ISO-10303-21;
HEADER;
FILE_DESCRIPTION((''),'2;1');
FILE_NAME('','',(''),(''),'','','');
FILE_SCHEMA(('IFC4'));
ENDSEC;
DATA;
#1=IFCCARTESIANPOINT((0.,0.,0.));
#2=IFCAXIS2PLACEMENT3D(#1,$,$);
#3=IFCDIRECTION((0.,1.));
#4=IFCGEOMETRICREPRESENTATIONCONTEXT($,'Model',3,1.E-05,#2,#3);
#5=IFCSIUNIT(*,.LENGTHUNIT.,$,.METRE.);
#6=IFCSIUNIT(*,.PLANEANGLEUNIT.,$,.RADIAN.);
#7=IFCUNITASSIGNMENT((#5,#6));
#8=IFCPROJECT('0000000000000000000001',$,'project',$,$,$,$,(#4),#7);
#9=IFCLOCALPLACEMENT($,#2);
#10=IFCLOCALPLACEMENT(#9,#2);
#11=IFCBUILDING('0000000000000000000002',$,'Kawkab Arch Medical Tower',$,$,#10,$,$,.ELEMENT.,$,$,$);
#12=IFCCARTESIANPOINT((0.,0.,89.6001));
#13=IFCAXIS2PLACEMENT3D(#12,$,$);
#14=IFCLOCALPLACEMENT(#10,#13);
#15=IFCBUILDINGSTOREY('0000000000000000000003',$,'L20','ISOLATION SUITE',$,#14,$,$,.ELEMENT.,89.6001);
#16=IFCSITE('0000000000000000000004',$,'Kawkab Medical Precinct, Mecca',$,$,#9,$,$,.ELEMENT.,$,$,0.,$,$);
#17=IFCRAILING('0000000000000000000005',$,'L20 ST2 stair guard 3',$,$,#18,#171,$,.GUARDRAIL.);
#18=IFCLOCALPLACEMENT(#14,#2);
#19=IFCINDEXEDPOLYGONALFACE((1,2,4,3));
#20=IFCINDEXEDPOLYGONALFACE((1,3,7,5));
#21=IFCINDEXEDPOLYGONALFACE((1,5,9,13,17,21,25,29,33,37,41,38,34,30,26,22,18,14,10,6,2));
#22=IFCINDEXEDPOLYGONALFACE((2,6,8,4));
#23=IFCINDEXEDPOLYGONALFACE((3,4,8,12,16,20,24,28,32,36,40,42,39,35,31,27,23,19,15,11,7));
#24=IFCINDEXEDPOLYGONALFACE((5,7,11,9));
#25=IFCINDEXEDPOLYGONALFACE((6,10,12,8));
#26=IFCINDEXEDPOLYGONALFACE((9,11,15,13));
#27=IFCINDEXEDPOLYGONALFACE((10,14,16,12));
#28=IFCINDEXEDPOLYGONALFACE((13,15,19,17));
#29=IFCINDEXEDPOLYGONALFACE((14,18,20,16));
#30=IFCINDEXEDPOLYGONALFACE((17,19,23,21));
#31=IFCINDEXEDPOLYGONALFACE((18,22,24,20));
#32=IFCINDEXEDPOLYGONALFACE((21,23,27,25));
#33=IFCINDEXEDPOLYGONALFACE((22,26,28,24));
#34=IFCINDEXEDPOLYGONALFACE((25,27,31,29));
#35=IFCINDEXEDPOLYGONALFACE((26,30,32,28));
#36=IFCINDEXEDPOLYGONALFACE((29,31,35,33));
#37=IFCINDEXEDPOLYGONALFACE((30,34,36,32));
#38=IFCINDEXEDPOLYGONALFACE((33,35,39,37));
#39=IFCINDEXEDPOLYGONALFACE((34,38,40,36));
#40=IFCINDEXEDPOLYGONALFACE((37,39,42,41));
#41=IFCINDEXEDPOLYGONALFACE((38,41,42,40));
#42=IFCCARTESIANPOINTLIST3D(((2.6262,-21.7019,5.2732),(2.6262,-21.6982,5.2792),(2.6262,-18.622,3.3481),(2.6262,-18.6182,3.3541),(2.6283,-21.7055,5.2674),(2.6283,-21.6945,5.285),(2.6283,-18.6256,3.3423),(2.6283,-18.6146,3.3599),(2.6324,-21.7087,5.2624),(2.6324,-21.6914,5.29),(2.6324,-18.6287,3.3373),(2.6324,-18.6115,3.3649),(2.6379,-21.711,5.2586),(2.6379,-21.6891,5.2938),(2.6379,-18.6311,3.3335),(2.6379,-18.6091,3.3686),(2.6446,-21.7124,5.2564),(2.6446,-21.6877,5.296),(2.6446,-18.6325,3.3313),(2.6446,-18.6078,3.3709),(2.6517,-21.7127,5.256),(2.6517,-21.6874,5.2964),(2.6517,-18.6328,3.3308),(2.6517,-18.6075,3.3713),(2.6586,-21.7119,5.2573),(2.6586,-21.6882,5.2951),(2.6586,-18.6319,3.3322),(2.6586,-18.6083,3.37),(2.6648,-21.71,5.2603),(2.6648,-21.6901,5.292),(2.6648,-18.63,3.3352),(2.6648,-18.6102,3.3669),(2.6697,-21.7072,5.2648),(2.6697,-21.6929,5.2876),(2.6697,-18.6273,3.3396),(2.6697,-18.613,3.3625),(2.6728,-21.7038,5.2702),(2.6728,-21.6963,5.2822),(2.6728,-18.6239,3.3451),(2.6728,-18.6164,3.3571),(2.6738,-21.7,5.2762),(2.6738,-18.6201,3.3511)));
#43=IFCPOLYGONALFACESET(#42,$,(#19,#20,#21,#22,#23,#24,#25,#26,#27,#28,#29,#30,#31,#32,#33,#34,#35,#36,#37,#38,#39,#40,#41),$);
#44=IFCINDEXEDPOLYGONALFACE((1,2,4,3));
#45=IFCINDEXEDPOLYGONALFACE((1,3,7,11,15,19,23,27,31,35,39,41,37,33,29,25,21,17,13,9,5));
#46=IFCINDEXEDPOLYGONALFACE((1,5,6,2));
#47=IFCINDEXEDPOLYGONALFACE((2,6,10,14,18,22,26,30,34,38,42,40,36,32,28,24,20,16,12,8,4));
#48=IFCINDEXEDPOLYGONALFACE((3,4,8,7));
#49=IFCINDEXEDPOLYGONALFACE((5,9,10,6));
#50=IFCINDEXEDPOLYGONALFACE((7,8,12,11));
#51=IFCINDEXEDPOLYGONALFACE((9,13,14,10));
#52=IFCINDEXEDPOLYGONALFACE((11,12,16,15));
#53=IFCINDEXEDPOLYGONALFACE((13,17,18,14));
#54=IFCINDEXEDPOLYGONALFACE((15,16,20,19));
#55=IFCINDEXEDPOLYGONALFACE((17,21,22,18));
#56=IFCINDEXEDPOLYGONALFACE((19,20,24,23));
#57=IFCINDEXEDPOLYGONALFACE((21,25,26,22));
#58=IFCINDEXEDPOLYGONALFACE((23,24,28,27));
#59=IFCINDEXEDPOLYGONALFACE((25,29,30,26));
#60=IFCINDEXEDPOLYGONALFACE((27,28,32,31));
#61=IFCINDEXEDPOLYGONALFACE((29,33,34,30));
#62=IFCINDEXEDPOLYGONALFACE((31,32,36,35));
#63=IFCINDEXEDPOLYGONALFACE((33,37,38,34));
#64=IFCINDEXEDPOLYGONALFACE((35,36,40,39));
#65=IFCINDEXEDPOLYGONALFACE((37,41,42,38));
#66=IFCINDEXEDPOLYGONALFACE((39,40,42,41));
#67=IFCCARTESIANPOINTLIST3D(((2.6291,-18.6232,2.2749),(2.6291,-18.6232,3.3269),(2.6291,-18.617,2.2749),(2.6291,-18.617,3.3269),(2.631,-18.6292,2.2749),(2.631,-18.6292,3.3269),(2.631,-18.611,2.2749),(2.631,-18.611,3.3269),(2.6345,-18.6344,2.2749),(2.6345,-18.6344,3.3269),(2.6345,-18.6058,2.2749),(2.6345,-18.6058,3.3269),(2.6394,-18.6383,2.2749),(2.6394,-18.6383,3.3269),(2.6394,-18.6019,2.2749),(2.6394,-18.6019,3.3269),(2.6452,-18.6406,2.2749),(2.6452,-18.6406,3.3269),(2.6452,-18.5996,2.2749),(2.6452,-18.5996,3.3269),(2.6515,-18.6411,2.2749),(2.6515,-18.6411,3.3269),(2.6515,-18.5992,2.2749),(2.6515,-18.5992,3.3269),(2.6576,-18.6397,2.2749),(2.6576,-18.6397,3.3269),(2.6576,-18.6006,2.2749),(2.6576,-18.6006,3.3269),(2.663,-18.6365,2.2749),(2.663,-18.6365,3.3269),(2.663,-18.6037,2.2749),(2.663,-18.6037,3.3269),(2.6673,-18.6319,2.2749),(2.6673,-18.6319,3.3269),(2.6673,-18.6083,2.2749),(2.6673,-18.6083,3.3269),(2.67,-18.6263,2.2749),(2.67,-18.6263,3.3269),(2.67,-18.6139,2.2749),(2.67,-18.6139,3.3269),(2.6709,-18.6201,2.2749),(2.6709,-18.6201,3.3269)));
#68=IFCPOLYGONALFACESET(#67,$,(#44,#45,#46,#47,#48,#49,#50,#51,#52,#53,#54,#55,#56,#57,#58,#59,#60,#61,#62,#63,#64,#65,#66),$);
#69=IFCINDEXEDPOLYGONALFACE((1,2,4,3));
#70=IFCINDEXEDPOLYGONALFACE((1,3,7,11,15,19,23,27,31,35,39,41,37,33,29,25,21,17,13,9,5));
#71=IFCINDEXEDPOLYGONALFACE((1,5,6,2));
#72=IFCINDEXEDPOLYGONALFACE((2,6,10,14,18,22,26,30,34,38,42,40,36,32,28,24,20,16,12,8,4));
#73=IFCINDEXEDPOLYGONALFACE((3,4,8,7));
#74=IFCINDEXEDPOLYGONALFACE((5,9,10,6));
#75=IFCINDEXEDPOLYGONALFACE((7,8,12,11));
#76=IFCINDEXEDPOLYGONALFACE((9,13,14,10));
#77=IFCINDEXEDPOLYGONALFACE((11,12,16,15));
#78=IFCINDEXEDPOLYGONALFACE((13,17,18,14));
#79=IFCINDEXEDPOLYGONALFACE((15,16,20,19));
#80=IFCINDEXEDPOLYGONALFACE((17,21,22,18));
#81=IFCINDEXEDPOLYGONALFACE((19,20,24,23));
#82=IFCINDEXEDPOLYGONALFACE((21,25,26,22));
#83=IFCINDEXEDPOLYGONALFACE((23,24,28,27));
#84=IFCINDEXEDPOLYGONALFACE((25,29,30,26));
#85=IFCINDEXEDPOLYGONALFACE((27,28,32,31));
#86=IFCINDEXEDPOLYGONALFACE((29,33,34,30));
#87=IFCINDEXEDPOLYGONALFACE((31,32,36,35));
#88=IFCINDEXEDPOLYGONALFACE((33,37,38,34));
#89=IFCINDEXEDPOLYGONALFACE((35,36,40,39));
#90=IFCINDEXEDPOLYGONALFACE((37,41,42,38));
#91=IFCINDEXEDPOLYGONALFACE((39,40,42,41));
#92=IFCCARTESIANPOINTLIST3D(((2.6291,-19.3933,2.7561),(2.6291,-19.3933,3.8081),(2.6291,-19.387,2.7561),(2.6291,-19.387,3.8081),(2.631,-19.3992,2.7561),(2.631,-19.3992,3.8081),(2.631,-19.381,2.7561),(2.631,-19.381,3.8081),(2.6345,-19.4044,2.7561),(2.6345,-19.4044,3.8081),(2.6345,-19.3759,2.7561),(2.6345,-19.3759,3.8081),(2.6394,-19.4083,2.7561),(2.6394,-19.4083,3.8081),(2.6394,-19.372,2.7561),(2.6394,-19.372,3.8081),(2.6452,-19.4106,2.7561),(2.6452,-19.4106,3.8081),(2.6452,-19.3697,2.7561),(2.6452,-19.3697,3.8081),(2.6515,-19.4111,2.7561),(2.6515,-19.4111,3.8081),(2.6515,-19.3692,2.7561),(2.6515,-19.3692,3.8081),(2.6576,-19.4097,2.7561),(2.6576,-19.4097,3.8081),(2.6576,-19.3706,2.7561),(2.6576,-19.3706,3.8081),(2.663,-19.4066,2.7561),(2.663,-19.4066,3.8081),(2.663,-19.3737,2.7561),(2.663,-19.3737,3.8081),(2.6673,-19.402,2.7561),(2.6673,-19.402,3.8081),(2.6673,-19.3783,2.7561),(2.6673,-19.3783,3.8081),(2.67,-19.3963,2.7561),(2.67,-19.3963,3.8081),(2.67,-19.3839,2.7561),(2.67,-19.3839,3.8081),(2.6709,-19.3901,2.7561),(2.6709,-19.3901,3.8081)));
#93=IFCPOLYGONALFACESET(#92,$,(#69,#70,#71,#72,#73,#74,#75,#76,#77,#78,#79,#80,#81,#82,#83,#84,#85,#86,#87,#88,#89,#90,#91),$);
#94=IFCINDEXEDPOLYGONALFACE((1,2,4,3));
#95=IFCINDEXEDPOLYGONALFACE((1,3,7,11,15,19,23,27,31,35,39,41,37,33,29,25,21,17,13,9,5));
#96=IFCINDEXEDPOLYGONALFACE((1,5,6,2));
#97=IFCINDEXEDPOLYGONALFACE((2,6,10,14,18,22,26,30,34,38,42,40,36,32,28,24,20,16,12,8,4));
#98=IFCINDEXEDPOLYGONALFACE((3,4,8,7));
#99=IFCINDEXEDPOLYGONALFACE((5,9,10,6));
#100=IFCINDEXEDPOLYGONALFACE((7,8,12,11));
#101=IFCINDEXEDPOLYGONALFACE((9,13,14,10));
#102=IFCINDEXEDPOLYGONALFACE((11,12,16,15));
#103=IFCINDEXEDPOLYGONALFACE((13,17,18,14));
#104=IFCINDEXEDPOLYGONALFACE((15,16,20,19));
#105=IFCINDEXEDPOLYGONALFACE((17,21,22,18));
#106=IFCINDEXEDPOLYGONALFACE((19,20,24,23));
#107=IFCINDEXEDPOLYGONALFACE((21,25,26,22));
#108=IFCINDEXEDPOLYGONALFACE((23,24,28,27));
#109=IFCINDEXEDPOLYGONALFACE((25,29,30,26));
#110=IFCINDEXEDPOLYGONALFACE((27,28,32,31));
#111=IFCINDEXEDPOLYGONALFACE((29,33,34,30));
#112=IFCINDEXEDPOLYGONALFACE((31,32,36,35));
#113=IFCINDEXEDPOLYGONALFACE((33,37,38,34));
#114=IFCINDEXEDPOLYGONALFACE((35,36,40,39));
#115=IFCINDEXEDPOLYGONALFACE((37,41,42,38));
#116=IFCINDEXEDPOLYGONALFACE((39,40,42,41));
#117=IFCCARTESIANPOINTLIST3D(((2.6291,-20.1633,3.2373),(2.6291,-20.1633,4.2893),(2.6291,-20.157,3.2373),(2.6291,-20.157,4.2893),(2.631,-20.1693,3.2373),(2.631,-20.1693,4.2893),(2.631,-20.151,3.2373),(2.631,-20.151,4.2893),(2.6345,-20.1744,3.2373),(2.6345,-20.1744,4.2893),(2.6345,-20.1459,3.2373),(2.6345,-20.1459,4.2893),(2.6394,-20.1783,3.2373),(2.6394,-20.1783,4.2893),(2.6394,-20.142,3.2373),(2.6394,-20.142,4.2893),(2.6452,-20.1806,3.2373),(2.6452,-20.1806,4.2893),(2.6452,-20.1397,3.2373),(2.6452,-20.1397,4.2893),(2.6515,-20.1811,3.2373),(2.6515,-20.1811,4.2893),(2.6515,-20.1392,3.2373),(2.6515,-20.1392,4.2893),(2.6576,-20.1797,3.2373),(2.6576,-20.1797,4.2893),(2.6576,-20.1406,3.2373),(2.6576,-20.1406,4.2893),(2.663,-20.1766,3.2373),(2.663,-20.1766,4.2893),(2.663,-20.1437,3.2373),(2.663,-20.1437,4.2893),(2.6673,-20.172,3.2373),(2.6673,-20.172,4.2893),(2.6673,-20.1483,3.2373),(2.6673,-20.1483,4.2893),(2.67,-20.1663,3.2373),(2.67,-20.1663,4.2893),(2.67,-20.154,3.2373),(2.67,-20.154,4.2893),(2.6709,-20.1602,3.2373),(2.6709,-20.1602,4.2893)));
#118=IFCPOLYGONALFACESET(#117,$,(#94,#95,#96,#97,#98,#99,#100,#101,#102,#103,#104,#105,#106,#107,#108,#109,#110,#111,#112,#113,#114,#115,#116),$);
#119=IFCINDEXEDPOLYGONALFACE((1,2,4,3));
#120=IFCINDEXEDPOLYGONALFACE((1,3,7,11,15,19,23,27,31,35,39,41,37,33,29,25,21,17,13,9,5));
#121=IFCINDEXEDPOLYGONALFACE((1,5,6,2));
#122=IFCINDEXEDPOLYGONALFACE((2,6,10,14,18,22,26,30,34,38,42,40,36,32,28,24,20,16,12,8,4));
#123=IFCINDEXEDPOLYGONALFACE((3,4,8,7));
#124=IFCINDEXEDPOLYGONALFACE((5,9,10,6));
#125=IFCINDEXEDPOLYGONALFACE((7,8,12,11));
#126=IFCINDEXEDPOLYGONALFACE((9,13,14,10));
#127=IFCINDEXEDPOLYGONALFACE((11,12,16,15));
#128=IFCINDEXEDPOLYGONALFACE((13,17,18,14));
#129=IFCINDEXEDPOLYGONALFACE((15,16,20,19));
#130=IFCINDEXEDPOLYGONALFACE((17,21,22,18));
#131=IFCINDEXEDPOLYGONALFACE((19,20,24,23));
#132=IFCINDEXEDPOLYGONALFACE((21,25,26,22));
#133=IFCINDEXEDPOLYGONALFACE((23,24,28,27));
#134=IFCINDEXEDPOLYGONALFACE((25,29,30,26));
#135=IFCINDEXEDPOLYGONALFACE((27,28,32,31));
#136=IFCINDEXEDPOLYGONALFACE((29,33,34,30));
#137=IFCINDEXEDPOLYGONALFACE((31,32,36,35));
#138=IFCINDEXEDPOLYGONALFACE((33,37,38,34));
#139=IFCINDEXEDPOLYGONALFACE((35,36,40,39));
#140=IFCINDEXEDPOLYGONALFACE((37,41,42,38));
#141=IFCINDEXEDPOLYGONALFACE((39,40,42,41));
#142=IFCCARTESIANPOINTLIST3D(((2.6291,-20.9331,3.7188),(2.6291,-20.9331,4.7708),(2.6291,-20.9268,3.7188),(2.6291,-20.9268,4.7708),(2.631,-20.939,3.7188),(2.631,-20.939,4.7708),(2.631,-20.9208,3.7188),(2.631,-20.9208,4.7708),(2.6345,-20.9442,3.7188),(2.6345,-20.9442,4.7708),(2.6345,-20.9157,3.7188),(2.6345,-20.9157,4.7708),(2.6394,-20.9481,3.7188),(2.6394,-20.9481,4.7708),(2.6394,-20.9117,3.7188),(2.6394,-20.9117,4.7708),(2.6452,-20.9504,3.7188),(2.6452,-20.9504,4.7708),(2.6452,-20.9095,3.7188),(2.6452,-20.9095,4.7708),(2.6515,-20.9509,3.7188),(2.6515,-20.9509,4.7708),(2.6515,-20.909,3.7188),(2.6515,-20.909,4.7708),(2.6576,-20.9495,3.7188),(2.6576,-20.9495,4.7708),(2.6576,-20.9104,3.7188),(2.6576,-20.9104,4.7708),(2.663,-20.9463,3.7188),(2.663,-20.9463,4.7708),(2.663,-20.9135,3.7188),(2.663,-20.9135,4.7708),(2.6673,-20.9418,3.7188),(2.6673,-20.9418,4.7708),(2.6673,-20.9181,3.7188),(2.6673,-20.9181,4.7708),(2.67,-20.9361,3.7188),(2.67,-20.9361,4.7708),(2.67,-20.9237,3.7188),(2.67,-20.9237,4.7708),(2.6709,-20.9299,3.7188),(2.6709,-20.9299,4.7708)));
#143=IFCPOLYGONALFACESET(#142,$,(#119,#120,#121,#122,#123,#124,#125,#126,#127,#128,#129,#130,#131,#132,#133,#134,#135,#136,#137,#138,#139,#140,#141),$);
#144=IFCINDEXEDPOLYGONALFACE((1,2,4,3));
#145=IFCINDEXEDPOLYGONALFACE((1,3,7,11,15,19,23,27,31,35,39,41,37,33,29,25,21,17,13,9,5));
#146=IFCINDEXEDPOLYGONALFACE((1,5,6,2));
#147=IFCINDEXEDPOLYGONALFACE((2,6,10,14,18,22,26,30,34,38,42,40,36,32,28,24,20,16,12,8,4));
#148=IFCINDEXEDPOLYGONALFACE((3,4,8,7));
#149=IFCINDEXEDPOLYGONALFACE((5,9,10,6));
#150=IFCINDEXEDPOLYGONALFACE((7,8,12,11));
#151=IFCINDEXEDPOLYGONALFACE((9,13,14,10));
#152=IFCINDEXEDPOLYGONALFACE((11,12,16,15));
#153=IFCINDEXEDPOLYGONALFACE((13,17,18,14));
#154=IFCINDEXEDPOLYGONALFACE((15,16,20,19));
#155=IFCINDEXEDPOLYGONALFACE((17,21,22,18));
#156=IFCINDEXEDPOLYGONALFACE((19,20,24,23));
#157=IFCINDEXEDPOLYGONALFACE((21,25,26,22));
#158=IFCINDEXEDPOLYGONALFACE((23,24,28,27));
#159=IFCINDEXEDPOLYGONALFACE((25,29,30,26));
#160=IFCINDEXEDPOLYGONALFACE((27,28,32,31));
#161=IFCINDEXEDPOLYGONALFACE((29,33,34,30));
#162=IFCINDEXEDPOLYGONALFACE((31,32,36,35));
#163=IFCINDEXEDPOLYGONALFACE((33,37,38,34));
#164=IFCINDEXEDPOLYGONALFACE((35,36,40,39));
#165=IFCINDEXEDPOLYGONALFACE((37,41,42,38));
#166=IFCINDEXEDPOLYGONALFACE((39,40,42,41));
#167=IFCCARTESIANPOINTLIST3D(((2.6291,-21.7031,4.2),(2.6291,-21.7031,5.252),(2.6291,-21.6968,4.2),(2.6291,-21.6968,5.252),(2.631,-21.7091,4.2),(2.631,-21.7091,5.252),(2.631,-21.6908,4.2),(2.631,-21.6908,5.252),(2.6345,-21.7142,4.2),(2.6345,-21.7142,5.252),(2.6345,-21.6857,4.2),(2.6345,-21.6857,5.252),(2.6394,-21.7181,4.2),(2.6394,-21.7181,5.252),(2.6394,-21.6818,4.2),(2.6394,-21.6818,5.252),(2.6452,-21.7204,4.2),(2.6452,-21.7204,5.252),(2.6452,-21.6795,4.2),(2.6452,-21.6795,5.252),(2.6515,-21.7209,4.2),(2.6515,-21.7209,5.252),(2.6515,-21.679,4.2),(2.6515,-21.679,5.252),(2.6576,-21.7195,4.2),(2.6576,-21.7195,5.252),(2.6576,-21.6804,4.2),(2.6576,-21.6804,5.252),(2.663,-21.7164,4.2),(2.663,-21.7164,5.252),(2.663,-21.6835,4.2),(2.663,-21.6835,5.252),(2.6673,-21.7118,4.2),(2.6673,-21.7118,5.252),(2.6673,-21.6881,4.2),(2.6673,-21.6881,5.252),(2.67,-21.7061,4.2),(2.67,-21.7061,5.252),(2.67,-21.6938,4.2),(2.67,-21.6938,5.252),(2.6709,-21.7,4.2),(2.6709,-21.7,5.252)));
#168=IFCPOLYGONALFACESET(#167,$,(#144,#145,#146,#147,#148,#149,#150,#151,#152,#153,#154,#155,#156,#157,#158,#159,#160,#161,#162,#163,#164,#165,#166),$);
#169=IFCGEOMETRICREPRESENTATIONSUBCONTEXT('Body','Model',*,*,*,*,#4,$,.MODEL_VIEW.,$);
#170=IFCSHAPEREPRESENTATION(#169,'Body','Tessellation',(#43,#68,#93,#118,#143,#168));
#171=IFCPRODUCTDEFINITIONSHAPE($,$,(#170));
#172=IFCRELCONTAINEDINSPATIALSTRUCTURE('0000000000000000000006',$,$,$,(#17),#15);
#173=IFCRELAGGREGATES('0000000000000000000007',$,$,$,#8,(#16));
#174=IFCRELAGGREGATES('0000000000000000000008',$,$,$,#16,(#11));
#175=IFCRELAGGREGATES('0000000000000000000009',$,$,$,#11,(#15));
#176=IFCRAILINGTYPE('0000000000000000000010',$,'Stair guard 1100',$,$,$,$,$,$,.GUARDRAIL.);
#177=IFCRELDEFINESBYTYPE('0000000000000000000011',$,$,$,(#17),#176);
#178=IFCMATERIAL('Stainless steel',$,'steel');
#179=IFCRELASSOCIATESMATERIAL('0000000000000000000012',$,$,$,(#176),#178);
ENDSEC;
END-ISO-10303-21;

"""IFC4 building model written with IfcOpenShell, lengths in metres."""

from ifc_helpers import new_model, si_unit, direction, frame, origin, origin_2d, place, context, subcontext, project, spatial, circle, extrude, material, type_object, element, save


model = new_model("IFC4")

# Units and contexts
model_context = context("Model", 3, precision=1e-05, world=origin(), true_north=direction((0.0, 1.0)))
body_context = subcontext(model_context, "Body", "Model", "MODEL_VIEW")
ifc_project = project(units=[si_unit("LENGTHUNIT", "METRE"), si_unit("PLANEANGLEUNIT", "RADIAN")], contexts=[model_context])

# Site, building, storey
site_placement = place(None, origin())
site = spatial("IfcSite", under=ifc_project, at=site_placement, Name="Kawkab Medical Precinct, Mecca", CompositionType="ELEMENT", RefElevation=0.0)
building_placement = place(site_placement, origin())
building = spatial("IfcBuilding", under=site, at=building_placement, Name="Kawkab Arch Medical Tower", CompositionType="ELEMENT")
storey_placement = place(building_placement, frame((0.0, 0.0, 89.6001)))
storey = spatial("IfcBuildingStorey", under=building, at=storey_placement, Name="L20", Description="ISOLATION SUITE", CompositionType="ELEMENT", Elevation=89.6001)

# Railing
ifc_material_1 = material(Name="Stainless steel", Category="steel")
railing_type_1 = type_object("IfcRailingType", Name="Stair guard 1100", PredefinedType="GUARDRAIL", material=ifc_material_1)
railing_1_placement = place(storey_placement, frame((2.6499, -18.6201, 2.2749)))
element("IfcRailing", 1, at=railing_1_placement, inside=storey, type_object=railing_type_1, Name="L20 ST2 stair guard 3", PredefinedType="GUARDRAIL", context=body_context, shape_type="SweptSolid", body=[
    extrude(circle(Radius=0.0239, at=origin_2d()), frame((0.0, 0.0, 1.0762), z_axis=(0.0, -0.847979, 0.530029), x_axis=(1.0, 0.0, 0.0)), (0.0, 0.0, 1.0), 3.6321),
    extrude(circle(Radius=0.021, at=origin_2d()), origin(), (0.0, 0.0, 1.0), 1.052),
    extrude(circle(Radius=0.021, at=origin_2d()), frame((0.0, -0.77, 0.4812)), (0.0, 0.0, 1.0), 1.052),
    extrude(circle(Radius=0.021, at=origin_2d()), frame((0.0, -1.54, 0.9624)), (0.0, 0.0, 1.0), 1.052),
    extrude(circle(Radius=0.021, at=origin_2d()), frame((0.0, -2.3098, 1.4438)), (0.0, 0.0, 1.0), 1.052),
    extrude(circle(Radius=0.021, at=origin_2d()), frame((0.0, -3.0798, 1.925)), (0.0, 0.0, 1.0), 1.052),
])

save(model, "model.ifc")
